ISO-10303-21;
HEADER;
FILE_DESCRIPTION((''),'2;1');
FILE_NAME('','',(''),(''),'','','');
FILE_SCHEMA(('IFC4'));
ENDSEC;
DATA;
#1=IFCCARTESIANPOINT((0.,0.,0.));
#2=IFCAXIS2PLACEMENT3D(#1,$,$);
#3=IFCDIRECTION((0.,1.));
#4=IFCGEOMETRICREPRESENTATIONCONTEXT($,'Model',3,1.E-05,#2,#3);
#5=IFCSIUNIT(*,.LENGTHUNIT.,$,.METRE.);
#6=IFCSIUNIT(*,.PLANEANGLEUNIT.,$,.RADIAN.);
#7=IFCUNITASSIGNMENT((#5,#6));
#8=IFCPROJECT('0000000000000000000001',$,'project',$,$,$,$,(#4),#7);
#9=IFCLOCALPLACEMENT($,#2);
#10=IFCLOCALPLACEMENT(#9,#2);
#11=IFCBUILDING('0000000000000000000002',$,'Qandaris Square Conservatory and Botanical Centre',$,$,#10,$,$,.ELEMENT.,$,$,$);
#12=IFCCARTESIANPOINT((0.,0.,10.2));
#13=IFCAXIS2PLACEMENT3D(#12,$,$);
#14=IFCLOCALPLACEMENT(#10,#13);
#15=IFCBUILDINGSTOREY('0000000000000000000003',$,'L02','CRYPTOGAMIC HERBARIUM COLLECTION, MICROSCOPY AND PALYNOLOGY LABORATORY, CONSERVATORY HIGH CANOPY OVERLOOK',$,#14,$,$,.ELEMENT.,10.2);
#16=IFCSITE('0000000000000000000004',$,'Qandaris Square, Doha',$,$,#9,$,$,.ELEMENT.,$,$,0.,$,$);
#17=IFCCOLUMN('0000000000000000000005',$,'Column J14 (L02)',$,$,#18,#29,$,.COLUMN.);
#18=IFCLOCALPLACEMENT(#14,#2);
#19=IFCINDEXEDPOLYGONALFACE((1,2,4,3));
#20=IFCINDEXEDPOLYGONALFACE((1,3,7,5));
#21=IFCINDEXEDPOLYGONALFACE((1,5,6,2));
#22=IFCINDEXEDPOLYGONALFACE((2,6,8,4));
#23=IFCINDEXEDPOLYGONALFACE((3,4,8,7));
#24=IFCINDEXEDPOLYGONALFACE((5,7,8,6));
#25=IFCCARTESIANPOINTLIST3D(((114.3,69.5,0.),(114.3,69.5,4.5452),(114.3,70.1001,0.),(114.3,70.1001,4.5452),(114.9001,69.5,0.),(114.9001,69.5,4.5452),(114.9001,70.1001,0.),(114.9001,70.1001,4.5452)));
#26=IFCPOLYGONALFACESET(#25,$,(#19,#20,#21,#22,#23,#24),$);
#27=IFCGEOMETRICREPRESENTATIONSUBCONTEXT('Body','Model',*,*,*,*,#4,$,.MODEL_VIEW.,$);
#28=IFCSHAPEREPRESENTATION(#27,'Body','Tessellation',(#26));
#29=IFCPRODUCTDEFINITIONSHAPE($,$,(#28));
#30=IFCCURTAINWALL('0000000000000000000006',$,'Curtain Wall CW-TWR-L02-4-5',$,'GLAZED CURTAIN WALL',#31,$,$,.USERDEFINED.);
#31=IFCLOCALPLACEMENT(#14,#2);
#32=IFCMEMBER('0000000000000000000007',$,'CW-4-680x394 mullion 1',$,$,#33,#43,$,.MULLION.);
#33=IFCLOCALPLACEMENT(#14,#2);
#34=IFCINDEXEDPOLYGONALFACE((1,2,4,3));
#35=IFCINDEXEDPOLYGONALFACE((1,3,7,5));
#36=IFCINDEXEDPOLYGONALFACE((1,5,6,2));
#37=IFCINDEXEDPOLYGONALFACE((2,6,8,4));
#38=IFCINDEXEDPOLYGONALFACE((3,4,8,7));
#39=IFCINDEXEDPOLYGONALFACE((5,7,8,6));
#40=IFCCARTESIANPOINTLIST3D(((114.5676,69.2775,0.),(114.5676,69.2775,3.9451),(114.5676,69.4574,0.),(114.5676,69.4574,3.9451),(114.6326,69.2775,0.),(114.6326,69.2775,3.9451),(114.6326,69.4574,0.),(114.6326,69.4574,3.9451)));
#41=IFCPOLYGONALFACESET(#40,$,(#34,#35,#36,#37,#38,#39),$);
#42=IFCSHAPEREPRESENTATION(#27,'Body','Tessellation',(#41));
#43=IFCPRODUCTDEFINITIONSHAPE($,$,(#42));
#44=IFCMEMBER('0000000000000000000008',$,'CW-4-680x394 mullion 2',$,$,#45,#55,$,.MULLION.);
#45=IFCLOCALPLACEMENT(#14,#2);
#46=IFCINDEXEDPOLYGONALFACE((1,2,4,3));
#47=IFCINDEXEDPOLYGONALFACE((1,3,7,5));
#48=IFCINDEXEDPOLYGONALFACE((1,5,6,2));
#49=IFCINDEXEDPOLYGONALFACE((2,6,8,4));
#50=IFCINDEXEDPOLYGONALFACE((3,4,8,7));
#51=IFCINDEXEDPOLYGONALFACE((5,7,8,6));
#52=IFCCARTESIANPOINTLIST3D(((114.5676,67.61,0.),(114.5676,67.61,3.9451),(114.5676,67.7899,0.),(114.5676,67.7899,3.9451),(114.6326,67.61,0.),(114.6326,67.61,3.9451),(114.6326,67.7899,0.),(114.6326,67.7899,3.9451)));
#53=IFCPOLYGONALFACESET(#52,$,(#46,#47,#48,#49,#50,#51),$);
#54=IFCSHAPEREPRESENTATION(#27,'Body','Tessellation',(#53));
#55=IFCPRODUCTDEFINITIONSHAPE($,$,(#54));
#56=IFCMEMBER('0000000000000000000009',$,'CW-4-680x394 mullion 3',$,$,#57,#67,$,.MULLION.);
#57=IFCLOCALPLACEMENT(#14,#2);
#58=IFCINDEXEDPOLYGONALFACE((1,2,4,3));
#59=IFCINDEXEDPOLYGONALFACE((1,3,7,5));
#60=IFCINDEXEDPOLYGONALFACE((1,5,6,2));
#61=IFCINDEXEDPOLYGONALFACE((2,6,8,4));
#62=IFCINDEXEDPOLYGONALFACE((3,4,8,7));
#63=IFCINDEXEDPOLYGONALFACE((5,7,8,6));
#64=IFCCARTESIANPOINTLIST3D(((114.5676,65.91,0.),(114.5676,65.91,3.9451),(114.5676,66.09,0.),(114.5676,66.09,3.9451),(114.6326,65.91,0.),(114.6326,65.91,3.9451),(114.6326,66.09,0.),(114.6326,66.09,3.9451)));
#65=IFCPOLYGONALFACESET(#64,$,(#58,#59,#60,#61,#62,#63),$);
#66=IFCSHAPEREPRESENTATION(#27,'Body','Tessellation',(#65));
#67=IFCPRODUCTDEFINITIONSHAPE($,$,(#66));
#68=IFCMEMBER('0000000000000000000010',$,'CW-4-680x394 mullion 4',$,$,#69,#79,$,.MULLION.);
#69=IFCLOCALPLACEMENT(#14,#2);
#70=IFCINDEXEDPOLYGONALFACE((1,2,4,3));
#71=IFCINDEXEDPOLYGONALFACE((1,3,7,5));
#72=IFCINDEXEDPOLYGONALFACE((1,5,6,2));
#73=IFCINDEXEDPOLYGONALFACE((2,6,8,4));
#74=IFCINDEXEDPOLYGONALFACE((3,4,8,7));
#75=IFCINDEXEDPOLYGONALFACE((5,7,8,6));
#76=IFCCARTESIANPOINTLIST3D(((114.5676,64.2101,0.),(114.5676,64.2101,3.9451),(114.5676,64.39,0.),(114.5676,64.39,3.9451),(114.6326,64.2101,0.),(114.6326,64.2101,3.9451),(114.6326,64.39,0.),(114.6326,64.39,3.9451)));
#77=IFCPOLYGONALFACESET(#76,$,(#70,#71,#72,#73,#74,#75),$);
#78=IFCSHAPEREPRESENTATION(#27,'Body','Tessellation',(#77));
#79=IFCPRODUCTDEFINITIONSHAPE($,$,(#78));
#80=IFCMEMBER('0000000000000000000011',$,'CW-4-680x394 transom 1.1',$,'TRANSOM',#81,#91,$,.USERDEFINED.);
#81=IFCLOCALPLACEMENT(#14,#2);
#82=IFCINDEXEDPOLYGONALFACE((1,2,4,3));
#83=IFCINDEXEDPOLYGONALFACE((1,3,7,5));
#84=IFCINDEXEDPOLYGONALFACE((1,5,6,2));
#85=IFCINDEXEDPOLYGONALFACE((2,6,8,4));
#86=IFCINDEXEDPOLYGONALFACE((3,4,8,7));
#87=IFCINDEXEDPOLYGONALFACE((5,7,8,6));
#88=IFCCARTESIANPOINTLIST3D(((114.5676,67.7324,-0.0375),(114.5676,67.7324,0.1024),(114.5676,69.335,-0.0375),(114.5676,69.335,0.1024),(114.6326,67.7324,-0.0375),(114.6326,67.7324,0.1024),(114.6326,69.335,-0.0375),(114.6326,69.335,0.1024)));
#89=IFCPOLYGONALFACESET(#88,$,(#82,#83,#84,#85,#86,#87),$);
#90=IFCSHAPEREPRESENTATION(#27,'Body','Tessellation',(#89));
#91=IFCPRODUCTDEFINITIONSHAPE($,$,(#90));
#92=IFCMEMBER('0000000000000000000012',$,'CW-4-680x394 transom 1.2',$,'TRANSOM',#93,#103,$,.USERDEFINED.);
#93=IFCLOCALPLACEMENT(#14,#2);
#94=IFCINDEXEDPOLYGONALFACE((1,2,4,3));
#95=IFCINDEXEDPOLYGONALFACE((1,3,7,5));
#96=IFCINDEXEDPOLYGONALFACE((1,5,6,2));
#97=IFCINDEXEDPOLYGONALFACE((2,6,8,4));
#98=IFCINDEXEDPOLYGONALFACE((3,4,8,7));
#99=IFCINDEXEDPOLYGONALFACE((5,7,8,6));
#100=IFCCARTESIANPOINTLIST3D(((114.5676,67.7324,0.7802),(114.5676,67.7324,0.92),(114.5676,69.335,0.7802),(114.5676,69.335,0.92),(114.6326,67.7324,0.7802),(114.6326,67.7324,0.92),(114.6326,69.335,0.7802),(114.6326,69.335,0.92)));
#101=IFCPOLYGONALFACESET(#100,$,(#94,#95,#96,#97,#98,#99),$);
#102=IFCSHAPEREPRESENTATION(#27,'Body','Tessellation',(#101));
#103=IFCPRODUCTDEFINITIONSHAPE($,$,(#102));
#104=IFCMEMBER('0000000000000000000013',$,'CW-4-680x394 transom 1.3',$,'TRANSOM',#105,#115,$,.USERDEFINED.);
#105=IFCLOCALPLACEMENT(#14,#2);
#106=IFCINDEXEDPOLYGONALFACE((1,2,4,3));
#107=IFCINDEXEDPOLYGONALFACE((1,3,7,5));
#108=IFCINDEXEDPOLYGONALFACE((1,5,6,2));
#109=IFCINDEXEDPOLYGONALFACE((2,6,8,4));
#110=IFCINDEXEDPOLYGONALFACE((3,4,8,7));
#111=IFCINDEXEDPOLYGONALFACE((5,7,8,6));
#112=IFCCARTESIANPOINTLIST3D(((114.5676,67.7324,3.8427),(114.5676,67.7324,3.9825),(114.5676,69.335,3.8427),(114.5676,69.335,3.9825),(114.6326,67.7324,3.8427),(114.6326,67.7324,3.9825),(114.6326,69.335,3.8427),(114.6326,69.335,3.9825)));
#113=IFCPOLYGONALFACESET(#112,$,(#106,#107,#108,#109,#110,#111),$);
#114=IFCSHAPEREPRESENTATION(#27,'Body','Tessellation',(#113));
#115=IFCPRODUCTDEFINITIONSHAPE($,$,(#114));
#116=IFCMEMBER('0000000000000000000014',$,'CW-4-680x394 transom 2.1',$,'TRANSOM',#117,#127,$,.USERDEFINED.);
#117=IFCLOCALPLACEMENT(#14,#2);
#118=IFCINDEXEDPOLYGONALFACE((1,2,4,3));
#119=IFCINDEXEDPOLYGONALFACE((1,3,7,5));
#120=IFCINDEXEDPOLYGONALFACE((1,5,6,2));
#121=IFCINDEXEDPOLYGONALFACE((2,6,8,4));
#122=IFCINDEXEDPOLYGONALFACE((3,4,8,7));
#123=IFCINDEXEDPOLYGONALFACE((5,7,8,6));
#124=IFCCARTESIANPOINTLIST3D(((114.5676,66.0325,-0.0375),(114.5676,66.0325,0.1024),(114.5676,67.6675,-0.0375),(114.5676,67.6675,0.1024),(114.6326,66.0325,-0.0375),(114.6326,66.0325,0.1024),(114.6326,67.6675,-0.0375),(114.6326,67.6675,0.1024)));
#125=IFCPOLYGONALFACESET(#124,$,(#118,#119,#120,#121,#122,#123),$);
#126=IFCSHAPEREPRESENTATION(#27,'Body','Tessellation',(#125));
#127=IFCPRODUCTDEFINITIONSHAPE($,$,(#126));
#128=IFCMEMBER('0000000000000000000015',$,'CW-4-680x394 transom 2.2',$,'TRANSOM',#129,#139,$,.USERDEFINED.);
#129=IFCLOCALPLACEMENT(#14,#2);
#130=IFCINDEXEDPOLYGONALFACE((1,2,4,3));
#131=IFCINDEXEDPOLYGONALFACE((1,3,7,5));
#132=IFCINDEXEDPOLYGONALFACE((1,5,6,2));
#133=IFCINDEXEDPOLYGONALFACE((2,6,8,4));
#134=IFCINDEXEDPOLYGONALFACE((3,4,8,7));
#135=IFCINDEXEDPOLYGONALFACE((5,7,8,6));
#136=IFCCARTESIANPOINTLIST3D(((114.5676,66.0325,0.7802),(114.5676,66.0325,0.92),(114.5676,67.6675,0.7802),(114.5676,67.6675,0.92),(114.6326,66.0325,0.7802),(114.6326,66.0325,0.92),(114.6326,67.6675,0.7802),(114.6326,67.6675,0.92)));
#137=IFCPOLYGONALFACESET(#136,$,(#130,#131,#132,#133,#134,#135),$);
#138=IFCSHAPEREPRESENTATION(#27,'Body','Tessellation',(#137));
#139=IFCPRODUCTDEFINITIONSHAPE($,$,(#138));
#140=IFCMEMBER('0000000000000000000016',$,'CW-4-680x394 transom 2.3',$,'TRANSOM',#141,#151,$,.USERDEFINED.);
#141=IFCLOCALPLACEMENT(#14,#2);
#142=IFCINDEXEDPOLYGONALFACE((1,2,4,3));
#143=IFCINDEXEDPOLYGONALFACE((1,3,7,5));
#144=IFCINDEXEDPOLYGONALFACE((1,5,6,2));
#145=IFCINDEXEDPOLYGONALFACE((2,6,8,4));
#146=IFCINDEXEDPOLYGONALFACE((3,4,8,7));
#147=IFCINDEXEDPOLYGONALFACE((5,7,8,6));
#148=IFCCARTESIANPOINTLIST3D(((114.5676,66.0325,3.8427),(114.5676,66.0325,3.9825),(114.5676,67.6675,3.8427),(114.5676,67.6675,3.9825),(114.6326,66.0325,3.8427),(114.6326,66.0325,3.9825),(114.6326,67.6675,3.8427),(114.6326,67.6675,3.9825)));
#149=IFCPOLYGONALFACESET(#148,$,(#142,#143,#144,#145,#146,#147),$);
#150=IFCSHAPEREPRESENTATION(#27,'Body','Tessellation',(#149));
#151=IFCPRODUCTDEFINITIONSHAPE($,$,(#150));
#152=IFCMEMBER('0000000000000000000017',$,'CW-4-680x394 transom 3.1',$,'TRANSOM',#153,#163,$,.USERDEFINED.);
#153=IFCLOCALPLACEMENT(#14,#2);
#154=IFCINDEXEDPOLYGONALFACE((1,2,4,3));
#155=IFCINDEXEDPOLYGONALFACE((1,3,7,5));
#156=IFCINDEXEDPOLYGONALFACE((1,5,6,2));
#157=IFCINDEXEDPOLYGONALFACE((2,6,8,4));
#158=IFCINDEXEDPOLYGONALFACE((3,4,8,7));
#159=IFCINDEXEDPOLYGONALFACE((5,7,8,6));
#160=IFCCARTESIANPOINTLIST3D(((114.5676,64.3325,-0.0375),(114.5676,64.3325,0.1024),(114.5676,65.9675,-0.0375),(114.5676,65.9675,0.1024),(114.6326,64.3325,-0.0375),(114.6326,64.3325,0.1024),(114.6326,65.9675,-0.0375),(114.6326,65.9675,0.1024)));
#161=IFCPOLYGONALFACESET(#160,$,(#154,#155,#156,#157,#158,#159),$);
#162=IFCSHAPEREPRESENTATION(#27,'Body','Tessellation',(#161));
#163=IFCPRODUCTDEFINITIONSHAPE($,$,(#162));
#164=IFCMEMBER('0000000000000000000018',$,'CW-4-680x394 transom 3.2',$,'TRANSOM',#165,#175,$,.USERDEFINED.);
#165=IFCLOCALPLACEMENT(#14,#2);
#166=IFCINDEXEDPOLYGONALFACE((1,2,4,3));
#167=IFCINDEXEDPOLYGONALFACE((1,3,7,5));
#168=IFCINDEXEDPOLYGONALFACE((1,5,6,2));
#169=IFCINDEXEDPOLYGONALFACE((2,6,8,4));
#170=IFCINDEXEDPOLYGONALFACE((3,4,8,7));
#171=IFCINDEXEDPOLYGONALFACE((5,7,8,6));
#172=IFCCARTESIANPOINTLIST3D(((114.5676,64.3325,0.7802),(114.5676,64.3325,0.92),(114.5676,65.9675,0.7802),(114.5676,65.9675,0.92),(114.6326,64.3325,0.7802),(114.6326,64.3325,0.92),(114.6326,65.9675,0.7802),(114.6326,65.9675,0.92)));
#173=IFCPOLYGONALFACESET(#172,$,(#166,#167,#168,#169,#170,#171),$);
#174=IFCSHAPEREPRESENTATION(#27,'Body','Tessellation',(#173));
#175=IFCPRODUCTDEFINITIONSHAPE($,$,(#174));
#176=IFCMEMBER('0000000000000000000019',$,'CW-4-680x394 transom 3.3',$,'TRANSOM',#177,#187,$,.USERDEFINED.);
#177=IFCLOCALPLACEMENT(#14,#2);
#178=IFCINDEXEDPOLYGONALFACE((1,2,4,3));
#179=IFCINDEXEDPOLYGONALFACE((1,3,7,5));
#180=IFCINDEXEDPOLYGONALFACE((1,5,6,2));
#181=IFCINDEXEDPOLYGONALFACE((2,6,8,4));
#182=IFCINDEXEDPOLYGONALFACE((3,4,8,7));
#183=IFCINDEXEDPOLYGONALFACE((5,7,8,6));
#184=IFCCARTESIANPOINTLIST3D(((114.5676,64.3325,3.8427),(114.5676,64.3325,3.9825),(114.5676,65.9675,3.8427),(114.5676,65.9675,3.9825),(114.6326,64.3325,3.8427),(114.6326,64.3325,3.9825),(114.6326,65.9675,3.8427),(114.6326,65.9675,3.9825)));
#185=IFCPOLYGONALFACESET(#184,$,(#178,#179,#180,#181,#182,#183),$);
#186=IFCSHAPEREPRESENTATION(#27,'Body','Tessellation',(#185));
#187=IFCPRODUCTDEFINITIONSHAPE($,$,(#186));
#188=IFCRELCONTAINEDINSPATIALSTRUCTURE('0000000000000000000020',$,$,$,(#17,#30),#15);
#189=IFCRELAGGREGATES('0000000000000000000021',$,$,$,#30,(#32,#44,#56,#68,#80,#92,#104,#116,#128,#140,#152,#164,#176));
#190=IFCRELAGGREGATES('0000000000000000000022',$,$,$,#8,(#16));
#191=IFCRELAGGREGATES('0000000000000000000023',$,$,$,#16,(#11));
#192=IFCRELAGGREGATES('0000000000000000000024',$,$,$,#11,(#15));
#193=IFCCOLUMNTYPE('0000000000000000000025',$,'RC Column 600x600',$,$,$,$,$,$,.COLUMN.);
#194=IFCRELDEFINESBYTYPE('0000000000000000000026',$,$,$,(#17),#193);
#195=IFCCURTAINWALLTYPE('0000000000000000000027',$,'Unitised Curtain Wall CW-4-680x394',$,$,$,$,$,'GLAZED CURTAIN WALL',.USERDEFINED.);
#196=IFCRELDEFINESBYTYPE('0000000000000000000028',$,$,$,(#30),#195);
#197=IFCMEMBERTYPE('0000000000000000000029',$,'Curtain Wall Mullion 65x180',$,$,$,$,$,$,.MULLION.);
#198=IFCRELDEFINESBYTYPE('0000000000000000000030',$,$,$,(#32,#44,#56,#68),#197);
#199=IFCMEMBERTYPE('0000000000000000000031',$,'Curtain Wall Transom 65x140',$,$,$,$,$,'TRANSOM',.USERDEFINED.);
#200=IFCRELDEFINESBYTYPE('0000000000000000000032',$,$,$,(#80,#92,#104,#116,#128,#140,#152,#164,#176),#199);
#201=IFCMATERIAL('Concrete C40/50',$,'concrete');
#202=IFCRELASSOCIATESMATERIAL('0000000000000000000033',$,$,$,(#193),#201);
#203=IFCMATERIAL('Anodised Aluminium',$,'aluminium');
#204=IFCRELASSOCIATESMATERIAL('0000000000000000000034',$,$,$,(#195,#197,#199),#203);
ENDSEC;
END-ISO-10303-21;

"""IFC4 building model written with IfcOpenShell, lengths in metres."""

from ifc_helpers import new_model, si_unit, direction, frame, origin, origin_2d, place, context, subcontext, project, spatial, rectangle, extrude, material, material_profile, profile_set, type_object, element, aggregate, save


model = new_model("IFC4")

# Units and contexts
model_context = context("Model", 3, precision=1e-05, world=origin(), true_north=direction((0.0, 1.0)))
body_context = subcontext(model_context, "Body", "Model", "MODEL_VIEW")
ifc_project = project(units=[si_unit("LENGTHUNIT", "METRE"), si_unit("PLANEANGLEUNIT", "RADIAN")], contexts=[model_context])

# Site, building, storey
site_placement = place(None, origin())
site = spatial("IfcSite", under=ifc_project, at=site_placement, Name="Qandaris Square, Doha", CompositionType="ELEMENT", RefElevation=0.0)
building_placement = place(site_placement, origin())
building = spatial("IfcBuilding", under=site, at=building_placement, Name="Qandaris Square Conservatory and Botanical Centre", CompositionType="ELEMENT")
storey_placement = place(building_placement, frame((0.0, 0.0, 10.2)))
storey = spatial("IfcBuildingStorey", under=building, at=storey_placement, Name="L02", Description="CRYPTOGAMIC HERBARIUM COLLECTION, MICROSCOPY AND PALYNOLOGY LABORATORY, CONSERVATORY HIGH CANOPY OVERLOOK", CompositionType="ELEMENT", Elevation=10.2)

# Column
ifc_material_1 = material(Name="Concrete C40/50", Category="concrete")
ifc_material_profile_1 = material_profile(ifc_material_1, rectangle(XDim=0.6001, YDim=0.6001, at=origin_2d()), Name="RC-COL 600x600")
ifc_profile_set_1 = profile_set([ifc_material_profile_1], Name="Concrete C40/50")
column_type = type_object("IfcColumnType", Name="RC Column 600x600", PredefinedType="COLUMN", material=ifc_profile_set_1)
column_placement = place(storey_placement, frame((114.6001, 69.8, 0.0), z_axis=(0.0, 0.0, 1.0), x_axis=(1.0, 0.0, 0.0)))
element("IfcColumn", 1, at=column_placement, inside=storey, type_object=column_type, Name="Column J14 (L02)", PredefinedType="COLUMN", context=body_context, shape_type="SweptSolid", body=[
    extrude(rectangle(XDim=0.6001, YDim=0.6001, at=origin_2d()), origin(), (0.0, 0.0, 1.0), 4.5452),
])

# Curtain wall, members
ifc_material_2 = material(Name="Anodised Aluminium", Category="aluminium")
curtain_wall_type = type_object("IfcCurtainWallType", Name="Unitised Curtain Wall CW-4-680x394", ElementType="GLAZED CURTAIN WALL", PredefinedType="USERDEFINED", material=ifc_material_2)
curtain_wall_placement = place(storey_placement, origin())
curtain_wall = element("IfcCurtainWall", 2, at=curtain_wall_placement, inside=storey, type_object=curtain_wall_type, Name="Curtain Wall CW-TWR-L02-4-5", ObjectType="GLAZED CURTAIN WALL", PredefinedType="USERDEFINED")
ifc_material_profile_2 = material_profile(ifc_material_2, rectangle(XDim=0.0649, YDim=0.1799, at=origin_2d()), Name="ALU-MUL 65x180")
ifc_profile_set_2 = profile_set([ifc_material_profile_2], Name="Anodised Aluminium")
member_type_1 = type_object("IfcMemberType", Name="Curtain Wall Mullion 65x180", PredefinedType="MULLION", material=ifc_profile_set_2)
member_1_placement = place(storey_placement, frame((114.6001, 69.3674, 0.0), z_axis=(0.0, 0.0, 1.0), x_axis=(1.0, 0.0, 0.0)))
member_1 = element("IfcMember", 3, at=member_1_placement, type_object=member_type_1, Name="CW-4-680x394 mullion 1", PredefinedType="MULLION", context=body_context, shape_type="SweptSolid", body=[
    extrude(rectangle(XDim=0.0649, YDim=0.1799, at=origin_2d()), origin(), (0.0, 0.0, 1.0), 3.9451),
])
member_2_placement = place(storey_placement, frame((114.6001, 67.7, 0.0), z_axis=(0.0, 0.0, 1.0), x_axis=(1.0, 0.0, 0.0)))
member_2 = element("IfcMember", 4, at=member_2_placement, type_object=member_type_1, Name="CW-4-680x394 mullion 2", PredefinedType="MULLION", context=body_context, shape_type="SweptSolid", body=[
    extrude(rectangle(XDim=0.0649, YDim=0.1799, at=origin_2d()), origin(), (0.0, 0.0, 1.0), 3.9451),
])
member_3_placement = place(storey_placement, frame((114.6001, 66.0, 0.0), z_axis=(0.0, 0.0, 1.0), x_axis=(1.0, 0.0, 0.0)))
member_3 = element("IfcMember", 5, at=member_3_placement, type_object=member_type_1, Name="CW-4-680x394 mullion 3", PredefinedType="MULLION", context=body_context, shape_type="SweptSolid", body=[
    extrude(rectangle(XDim=0.0649, YDim=0.1799, at=origin_2d()), origin(), (0.0, 0.0, 1.0), 3.9451),
])
member_4_placement = place(storey_placement, frame((114.6001, 64.3, 0.0), z_axis=(0.0, 0.0, 1.0), x_axis=(1.0, 0.0, 0.0)))
member_4 = element("IfcMember", 6, at=member_4_placement, type_object=member_type_1, Name="CW-4-680x394 mullion 4", PredefinedType="MULLION", context=body_context, shape_type="SweptSolid", body=[
    extrude(rectangle(XDim=0.0649, YDim=0.1799, at=origin_2d()), origin(), (0.0, 0.0, 1.0), 3.9451),
])
ifc_material_profile_3 = material_profile(ifc_material_2, rectangle(XDim=0.0649, YDim=0.1399, at=origin_2d()), Name="ALU-TRN 65x140")
ifc_profile_set_3 = profile_set([ifc_material_profile_3], Name="Anodised Aluminium")
member_type_2 = type_object("IfcMemberType", Name="Curtain Wall Transom 65x140", ElementType="TRANSOM", PredefinedType="USERDEFINED", material=ifc_profile_set_3)
member_5_placement = place(storey_placement, frame((114.6001, 69.335, 0.0325), z_axis=(0.0, -1.0, 0.0), x_axis=(1.0, 0.0, 0.0)))
member_5 = element("IfcMember", 7, at=member_5_placement, type_object=member_type_2, Name="CW-4-680x394 transom 1.1", ObjectType="TRANSOM", PredefinedType="USERDEFINED", context=body_context, shape_type="SweptSolid", body=[
    extrude(rectangle(XDim=0.0649, YDim=0.1399, at=origin_2d()), origin(), (0.0, 0.0, 1.0), 1.6025),
])
member_6_placement = place(storey_placement, frame((114.6001, 69.335, 0.8501), z_axis=(0.0, -1.0, 0.0), x_axis=(1.0, 0.0, 0.0)))
member_6 = element("IfcMember", 8, at=member_6_placement, type_object=member_type_2, Name="CW-4-680x394 transom 1.2", ObjectType="TRANSOM", PredefinedType="USERDEFINED", context=body_context, shape_type="SweptSolid", body=[
    extrude(rectangle(XDim=0.0649, YDim=0.1399, at=origin_2d()), origin(), (0.0, 0.0, 1.0), 1.6025),
])
member_7_placement = place(storey_placement, frame((114.6001, 69.335, 3.9126), z_axis=(0.0, -1.0, 0.0), x_axis=(1.0, 0.0, 0.0)))
member_7 = element("IfcMember", 9, at=member_7_placement, type_object=member_type_2, Name="CW-4-680x394 transom 1.3", ObjectType="TRANSOM", PredefinedType="USERDEFINED", context=body_context, shape_type="SweptSolid", body=[
    extrude(rectangle(XDim=0.0649, YDim=0.1399, at=origin_2d()), origin(), (0.0, 0.0, 1.0), 1.6025),
])
member_8_placement = place(storey_placement, frame((114.6001, 67.6675, 0.0325), z_axis=(0.0, -1.0, 0.0), x_axis=(1.0, 0.0, 0.0)))
member_8 = element("IfcMember", 10, at=member_8_placement, type_object=member_type_2, Name="CW-4-680x394 transom 2.1", ObjectType="TRANSOM", PredefinedType="USERDEFINED", context=body_context, shape_type="SweptSolid", body=[
    extrude(rectangle(XDim=0.0649, YDim=0.1399, at=origin_2d()), origin(), (0.0, 0.0, 1.0), 1.635),
])
member_9_placement = place(storey_placement, frame((114.6001, 67.6675, 0.8501), z_axis=(0.0, -1.0, 0.0), x_axis=(1.0, 0.0, 0.0)))
member_9 = element("IfcMember", 11, at=member_9_placement, type_object=member_type_2, Name="CW-4-680x394 transom 2.2", ObjectType="TRANSOM", PredefinedType="USERDEFINED", context=body_context, shape_type="SweptSolid", body=[
    extrude(rectangle(XDim=0.0649, YDim=0.1399, at=origin_2d()), origin(), (0.0, 0.0, 1.0), 1.635),
])
member_10_placement = place(storey_placement, frame((114.6001, 67.6675, 3.9126), z_axis=(0.0, -1.0, 0.0), x_axis=(1.0, 0.0, 0.0)))
member_10 = element("IfcMember", 12, at=member_10_placement, type_object=member_type_2, Name="CW-4-680x394 transom 2.3", ObjectType="TRANSOM", PredefinedType="USERDEFINED", context=body_context, shape_type="SweptSolid", body=[
    extrude(rectangle(XDim=0.0649, YDim=0.1399, at=origin_2d()), origin(), (0.0, 0.0, 1.0), 1.635),
])
member_11_placement = place(storey_placement, frame((114.6001, 65.9675, 0.0325), z_axis=(0.0, -1.0, 0.0), x_axis=(1.0, 0.0, 0.0)))
member_11 = element("IfcMember", 13, at=member_11_placement, type_object=member_type_2, Name="CW-4-680x394 transom 3.1", ObjectType="TRANSOM", PredefinedType="USERDEFINED", context=body_context, shape_type="SweptSolid", body=[
    extrude(rectangle(XDim=0.0649, YDim=0.1399, at=origin_2d()), origin(), (0.0, 0.0, 1.0), 1.635),
])
member_12_placement = place(storey_placement, frame((114.6001, 65.9675, 0.8501), z_axis=(0.0, -1.0, 0.0), x_axis=(1.0, 0.0, 0.0)))
member_12 = element("IfcMember", 14, at=member_12_placement, type_object=member_type_2, Name="CW-4-680x394 transom 3.2", ObjectType="TRANSOM", PredefinedType="USERDEFINED", context=body_context, shape_type="SweptSolid", body=[
    extrude(rectangle(XDim=0.0649, YDim=0.1399, at=origin_2d()), origin(), (0.0, 0.0, 1.0), 1.635),
])
member_13_placement = place(storey_placement, frame((114.6001, 65.9675, 3.9126), z_axis=(0.0, -1.0, 0.0), x_axis=(1.0, 0.0, 0.0)))
member_13 = element("IfcMember", 15, at=member_13_placement, type_object=member_type_2, Name="CW-4-680x394 transom 3.3", ObjectType="TRANSOM", PredefinedType="USERDEFINED", context=body_context, shape_type="SweptSolid", body=[
    extrude(rectangle(XDim=0.0649, YDim=0.1399, at=origin_2d()), origin(), (0.0, 0.0, 1.0), 1.635),
])

aggregate(curtain_wall, [member_1, member_2, member_3, member_4, member_5, member_6, member_7, member_8, member_9, member_10, member_11, member_12, member_13])

save(model, "model.ifc")
